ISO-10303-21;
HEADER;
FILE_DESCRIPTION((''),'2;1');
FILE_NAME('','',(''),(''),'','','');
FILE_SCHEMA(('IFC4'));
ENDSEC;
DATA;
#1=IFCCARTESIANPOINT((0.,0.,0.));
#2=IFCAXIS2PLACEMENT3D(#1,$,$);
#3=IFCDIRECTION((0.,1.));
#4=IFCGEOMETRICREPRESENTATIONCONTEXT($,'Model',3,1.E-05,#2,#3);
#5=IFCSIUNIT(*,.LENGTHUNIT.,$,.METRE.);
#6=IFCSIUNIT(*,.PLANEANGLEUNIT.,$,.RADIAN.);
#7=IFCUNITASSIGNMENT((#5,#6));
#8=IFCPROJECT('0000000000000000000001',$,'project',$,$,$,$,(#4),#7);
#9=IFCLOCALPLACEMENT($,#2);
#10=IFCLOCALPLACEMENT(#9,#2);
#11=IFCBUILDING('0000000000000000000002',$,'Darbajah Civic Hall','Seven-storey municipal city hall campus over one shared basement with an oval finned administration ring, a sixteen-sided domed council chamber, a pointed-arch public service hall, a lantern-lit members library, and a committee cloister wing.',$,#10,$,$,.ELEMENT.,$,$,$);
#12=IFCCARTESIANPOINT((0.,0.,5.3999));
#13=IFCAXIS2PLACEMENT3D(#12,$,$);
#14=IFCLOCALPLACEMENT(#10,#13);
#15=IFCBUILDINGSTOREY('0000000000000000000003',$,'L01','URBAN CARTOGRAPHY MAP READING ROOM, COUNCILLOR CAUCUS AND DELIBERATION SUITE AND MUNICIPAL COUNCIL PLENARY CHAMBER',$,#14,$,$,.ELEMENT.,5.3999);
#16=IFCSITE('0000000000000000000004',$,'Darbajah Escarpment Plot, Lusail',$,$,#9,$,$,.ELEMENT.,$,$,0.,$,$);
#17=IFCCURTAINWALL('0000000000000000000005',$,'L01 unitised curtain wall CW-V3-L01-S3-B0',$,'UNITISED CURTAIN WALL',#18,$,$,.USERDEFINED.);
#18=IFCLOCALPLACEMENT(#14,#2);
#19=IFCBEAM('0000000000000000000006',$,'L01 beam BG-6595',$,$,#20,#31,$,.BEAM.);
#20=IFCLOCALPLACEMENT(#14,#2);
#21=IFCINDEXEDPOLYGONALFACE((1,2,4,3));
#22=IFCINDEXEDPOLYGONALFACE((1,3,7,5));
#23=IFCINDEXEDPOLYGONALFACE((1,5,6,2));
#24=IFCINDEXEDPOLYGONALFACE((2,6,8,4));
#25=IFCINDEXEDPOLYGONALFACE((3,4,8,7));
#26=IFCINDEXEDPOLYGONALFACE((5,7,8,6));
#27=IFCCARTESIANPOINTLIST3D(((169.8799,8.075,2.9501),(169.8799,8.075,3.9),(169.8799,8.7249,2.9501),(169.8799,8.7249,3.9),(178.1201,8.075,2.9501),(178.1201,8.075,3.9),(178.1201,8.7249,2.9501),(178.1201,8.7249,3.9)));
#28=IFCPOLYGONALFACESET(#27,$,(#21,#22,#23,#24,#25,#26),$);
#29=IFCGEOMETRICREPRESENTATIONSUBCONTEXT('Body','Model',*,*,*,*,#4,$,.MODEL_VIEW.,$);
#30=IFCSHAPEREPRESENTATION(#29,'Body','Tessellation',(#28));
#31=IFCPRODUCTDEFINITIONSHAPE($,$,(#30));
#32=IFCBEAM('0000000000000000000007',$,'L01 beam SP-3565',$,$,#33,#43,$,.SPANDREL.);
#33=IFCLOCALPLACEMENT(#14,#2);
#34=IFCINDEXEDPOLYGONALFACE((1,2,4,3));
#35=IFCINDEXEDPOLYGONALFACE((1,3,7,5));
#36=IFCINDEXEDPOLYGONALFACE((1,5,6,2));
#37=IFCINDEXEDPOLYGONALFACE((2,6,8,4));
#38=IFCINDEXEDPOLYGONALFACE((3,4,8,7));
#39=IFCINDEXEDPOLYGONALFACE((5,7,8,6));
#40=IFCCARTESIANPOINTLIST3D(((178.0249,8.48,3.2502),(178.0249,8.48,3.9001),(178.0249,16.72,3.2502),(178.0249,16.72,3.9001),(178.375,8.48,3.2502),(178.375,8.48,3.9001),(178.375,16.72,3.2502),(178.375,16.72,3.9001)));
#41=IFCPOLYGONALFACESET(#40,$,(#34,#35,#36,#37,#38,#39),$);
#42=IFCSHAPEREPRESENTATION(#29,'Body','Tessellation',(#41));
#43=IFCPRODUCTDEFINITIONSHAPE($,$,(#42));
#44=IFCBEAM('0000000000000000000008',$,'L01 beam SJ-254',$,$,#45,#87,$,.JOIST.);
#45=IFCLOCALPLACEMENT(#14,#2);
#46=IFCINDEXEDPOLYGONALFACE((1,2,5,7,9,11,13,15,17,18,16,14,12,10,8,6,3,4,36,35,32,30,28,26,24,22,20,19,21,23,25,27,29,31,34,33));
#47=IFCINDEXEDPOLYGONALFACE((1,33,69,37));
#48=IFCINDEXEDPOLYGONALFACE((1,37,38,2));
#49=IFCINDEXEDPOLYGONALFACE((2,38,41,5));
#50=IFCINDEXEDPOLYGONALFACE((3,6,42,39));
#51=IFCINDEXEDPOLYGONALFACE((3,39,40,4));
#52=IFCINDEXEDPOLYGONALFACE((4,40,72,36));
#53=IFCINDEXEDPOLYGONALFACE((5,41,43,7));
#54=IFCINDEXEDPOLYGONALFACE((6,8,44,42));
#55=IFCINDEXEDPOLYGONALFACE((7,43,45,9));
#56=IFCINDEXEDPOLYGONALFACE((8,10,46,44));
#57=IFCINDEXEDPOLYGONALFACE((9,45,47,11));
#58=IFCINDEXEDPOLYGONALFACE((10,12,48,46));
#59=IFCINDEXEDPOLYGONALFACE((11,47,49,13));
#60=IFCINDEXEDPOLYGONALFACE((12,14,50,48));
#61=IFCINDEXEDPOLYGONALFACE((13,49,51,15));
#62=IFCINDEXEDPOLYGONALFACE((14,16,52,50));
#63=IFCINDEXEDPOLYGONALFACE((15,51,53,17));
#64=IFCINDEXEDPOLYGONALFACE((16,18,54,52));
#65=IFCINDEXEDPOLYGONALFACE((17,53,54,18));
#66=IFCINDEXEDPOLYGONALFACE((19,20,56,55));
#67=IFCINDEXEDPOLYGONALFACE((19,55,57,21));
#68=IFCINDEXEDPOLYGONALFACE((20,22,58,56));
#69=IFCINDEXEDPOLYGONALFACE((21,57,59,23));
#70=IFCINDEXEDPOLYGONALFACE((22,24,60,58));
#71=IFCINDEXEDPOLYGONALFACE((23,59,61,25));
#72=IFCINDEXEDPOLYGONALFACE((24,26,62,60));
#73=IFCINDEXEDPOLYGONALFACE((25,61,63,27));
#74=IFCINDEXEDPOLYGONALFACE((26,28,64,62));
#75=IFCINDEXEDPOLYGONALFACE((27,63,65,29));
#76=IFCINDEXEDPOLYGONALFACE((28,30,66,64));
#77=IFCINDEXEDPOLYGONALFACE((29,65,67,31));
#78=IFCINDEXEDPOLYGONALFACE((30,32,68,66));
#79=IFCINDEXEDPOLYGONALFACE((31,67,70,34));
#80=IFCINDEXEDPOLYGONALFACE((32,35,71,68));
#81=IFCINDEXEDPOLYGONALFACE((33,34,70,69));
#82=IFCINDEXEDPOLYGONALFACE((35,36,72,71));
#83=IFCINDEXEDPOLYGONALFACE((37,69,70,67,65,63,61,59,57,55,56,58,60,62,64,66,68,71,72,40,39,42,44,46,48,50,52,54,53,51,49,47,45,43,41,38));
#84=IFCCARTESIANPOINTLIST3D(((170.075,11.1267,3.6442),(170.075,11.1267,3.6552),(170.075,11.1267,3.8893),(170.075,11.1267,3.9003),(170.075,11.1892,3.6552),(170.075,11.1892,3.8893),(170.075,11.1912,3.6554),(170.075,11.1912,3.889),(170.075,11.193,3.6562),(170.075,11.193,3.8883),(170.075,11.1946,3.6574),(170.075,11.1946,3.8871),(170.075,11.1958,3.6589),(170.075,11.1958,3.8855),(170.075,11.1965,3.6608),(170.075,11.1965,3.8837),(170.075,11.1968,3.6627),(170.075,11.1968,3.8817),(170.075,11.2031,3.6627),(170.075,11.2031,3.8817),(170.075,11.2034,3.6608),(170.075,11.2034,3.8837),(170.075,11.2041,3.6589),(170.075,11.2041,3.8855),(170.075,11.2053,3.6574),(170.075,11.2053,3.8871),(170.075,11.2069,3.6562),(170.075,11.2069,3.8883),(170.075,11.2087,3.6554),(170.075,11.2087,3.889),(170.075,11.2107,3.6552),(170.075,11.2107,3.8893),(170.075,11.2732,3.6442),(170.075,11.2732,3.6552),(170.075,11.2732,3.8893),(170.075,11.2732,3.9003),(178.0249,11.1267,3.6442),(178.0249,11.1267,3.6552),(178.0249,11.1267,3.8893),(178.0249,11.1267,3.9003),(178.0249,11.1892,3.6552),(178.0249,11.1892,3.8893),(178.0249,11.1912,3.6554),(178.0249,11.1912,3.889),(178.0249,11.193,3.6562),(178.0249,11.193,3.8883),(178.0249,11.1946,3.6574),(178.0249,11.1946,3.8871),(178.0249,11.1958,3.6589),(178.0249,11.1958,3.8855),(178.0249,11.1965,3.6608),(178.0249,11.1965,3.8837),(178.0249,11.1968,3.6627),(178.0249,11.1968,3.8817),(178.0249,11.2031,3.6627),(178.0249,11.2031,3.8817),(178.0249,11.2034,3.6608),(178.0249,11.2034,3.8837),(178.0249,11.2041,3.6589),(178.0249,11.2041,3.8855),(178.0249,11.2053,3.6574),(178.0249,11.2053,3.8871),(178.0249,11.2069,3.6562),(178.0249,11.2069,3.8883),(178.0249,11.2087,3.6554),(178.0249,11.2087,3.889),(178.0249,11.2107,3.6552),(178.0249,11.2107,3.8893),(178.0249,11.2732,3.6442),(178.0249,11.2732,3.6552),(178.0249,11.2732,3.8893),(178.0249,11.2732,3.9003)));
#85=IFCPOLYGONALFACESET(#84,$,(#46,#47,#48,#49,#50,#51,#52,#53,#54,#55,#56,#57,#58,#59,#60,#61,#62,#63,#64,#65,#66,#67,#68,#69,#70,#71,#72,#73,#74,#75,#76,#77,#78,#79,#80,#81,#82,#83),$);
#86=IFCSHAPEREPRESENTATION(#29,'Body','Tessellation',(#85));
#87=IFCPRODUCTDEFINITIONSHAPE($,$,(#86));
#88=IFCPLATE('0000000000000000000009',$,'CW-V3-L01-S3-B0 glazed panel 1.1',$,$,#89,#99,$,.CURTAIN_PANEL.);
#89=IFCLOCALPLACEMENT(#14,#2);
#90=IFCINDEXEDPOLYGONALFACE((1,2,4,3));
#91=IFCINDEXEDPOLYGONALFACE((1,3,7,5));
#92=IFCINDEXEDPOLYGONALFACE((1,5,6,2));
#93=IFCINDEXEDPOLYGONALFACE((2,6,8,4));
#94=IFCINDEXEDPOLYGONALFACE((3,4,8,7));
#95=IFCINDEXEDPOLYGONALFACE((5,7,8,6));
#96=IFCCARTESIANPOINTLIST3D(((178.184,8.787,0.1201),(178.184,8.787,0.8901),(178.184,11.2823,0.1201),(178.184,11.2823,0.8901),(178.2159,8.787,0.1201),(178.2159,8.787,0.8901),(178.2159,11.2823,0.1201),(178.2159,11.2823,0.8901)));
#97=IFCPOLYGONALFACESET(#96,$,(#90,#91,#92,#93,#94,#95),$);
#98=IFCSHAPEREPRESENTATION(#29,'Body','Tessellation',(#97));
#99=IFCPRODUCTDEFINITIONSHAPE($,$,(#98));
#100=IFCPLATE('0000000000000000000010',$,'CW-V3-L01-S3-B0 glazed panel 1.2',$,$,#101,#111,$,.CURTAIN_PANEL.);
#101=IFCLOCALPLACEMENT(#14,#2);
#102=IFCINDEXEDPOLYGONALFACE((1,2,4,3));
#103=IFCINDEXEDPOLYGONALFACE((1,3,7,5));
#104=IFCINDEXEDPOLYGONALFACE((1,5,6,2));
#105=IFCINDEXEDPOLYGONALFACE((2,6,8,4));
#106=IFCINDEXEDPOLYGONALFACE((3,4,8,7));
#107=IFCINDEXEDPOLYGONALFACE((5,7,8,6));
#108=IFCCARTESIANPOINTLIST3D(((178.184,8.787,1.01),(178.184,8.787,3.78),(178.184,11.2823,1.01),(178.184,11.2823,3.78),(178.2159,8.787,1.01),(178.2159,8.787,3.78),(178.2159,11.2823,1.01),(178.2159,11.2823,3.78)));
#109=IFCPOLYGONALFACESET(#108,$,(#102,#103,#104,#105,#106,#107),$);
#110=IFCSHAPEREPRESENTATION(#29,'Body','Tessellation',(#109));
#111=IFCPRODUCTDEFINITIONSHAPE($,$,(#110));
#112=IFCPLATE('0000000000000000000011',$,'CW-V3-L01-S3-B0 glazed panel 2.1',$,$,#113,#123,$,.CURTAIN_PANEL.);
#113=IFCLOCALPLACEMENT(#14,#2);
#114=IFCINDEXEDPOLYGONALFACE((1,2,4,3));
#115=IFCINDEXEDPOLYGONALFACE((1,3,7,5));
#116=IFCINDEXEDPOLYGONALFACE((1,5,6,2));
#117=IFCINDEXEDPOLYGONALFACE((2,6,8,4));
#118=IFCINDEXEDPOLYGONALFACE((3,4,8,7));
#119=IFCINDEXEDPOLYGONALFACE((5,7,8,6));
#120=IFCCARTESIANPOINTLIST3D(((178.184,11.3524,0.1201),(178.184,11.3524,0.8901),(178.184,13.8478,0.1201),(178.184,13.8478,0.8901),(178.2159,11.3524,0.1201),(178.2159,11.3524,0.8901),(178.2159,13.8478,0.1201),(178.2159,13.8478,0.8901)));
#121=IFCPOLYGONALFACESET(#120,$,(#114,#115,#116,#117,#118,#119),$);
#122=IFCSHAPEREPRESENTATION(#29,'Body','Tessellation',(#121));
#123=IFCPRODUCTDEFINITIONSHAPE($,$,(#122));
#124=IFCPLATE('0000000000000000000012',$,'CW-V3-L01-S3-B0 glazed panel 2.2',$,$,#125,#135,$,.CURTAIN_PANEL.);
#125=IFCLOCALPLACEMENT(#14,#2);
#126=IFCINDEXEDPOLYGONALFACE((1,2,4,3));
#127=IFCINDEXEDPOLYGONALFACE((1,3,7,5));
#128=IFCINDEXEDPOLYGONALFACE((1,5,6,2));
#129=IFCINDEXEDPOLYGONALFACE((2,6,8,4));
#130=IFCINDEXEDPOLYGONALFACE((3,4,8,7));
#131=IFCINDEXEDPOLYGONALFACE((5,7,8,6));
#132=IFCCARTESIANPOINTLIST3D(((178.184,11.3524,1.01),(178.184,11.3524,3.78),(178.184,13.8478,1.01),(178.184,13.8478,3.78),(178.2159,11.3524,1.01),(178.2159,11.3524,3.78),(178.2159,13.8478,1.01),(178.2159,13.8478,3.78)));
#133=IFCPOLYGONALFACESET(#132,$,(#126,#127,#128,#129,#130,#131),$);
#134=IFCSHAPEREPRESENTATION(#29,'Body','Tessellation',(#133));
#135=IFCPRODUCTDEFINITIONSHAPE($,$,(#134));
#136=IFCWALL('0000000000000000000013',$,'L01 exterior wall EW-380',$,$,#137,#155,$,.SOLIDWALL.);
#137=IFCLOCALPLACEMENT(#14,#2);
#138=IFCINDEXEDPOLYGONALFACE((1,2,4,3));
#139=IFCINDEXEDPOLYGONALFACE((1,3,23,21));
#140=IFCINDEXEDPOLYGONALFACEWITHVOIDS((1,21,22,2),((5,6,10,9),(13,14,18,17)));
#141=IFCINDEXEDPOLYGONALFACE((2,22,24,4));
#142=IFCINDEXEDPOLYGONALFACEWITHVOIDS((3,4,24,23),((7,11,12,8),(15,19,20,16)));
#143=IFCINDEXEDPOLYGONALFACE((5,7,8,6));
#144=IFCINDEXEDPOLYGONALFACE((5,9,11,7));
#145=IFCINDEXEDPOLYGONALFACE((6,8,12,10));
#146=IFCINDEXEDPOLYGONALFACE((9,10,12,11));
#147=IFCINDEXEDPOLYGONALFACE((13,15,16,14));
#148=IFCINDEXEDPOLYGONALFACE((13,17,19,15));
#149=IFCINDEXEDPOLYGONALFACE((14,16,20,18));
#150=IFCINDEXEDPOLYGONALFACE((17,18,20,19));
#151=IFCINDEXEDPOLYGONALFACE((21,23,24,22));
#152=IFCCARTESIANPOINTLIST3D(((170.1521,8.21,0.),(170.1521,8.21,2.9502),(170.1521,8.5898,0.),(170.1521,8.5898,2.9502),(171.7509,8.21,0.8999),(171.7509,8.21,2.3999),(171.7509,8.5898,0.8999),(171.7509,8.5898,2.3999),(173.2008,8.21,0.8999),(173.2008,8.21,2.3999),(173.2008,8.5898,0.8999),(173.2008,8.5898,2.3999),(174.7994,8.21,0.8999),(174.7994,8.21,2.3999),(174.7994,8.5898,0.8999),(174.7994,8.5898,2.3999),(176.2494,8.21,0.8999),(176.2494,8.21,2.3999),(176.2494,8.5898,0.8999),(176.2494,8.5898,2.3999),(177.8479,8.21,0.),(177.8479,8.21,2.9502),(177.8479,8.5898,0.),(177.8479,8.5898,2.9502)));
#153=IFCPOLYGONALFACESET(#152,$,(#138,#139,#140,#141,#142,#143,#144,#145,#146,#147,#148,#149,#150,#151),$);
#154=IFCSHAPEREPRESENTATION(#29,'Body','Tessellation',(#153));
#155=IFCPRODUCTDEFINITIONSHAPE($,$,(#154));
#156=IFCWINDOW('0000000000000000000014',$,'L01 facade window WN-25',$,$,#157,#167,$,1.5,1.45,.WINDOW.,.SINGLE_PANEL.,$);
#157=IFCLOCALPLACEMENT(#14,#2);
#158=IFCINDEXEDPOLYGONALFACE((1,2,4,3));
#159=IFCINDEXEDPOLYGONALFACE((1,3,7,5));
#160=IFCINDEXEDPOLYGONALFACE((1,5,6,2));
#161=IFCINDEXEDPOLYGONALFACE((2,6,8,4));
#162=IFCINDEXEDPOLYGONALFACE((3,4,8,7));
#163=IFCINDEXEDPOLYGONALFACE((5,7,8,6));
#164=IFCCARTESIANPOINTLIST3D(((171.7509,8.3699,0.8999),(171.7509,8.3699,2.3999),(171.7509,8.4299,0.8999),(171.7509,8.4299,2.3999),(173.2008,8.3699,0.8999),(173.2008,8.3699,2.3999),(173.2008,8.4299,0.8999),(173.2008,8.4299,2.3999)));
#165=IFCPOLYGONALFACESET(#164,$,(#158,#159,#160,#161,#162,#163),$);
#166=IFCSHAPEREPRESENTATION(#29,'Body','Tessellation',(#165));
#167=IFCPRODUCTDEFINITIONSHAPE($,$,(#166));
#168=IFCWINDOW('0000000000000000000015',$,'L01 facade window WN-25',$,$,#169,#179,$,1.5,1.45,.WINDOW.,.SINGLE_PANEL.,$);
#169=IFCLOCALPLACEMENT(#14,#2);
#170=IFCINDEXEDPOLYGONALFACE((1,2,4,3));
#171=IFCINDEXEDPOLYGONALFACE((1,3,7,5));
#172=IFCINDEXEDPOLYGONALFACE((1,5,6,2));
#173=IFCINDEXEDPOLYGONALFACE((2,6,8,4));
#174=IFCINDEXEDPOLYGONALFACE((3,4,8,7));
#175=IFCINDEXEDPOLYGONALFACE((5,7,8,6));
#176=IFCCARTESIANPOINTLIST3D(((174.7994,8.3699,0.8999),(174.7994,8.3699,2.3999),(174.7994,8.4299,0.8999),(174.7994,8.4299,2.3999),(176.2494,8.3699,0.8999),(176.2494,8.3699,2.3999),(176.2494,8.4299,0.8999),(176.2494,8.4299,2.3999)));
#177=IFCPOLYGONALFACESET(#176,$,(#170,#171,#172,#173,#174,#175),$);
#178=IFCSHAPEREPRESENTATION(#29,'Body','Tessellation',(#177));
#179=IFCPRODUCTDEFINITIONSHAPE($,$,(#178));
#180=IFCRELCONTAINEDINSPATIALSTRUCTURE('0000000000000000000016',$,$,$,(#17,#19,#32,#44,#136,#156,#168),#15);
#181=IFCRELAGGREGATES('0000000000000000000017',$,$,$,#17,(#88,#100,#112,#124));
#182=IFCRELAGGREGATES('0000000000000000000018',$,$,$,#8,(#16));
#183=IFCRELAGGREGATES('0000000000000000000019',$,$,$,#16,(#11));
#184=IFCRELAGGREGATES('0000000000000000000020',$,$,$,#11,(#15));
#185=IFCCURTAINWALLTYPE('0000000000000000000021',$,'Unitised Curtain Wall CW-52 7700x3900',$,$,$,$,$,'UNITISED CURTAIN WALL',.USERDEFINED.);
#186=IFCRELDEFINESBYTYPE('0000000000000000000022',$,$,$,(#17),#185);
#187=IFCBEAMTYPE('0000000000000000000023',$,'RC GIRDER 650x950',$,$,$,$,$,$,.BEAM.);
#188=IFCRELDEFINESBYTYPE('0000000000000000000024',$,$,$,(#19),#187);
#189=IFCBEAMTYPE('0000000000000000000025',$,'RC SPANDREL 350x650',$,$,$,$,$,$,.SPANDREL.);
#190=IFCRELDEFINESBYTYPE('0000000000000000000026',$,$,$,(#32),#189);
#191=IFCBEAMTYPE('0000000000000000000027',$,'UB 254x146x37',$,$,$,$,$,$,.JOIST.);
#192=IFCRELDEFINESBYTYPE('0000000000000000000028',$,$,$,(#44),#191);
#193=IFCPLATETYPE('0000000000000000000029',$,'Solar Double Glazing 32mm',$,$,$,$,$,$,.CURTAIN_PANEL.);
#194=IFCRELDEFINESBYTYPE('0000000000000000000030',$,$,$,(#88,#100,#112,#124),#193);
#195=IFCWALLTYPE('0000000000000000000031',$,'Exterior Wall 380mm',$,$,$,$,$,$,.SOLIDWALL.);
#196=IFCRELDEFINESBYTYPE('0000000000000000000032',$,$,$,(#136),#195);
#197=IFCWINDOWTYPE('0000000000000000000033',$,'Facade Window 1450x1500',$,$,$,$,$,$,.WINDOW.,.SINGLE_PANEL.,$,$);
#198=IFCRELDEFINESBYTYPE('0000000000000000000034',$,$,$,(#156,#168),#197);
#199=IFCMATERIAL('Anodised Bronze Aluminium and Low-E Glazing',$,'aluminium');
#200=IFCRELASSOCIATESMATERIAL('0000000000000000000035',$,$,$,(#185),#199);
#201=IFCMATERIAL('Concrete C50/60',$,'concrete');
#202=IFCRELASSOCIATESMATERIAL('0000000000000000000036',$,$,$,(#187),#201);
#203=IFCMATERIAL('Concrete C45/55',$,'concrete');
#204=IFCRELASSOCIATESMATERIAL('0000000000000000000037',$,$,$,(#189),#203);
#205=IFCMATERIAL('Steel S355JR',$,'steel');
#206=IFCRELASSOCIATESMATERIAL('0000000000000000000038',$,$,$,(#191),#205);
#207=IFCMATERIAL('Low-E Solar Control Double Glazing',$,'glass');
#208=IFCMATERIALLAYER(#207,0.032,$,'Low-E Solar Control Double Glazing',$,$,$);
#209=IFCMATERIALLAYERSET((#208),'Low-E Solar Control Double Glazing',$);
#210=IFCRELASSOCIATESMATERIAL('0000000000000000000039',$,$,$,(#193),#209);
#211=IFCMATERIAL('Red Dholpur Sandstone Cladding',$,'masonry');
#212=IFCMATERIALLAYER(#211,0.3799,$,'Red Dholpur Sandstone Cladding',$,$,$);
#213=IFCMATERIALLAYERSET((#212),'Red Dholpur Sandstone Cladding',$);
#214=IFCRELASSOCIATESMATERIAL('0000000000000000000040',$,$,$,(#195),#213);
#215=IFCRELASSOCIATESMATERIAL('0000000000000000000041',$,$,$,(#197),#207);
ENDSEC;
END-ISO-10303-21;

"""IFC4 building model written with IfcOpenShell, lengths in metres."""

from ifc_helpers import new_model, si_unit, direction, frame, frame_2d, origin, origin_2d, place, context, subcontext, project, spatial, rectangle, i_section, extrude, material, layer, layer_set, material_profile, profile_set, type_object, element, fill, aggregate, save


model = new_model("IFC4")

# Units and contexts
model_context = context("Model", 3, precision=1e-05, world=origin(), true_north=direction((0.0, 1.0)))
body_context = subcontext(model_context, "Body", "Model", "MODEL_VIEW")
ifc_project = project(units=[si_unit("LENGTHUNIT", "METRE"), si_unit("PLANEANGLEUNIT", "RADIAN")], contexts=[model_context])

# Site, building, storey
site_placement = place(None, origin())
site = spatial("IfcSite", under=ifc_project, at=site_placement, Name="Darbajah Escarpment Plot, Lusail", CompositionType="ELEMENT", RefElevation=0.0)
building_placement = place(site_placement, origin())
building = spatial("IfcBuilding", under=site, at=building_placement, Name="Darbajah Civic Hall", Description="Seven-storey municipal city hall campus over one shared basement with an oval finned administration ring, a sixteen-sided domed council chamber, a pointed-arch public service hall, a lantern-lit members library, and a committee cloister wing.", CompositionType="ELEMENT")
storey_placement = place(building_placement, frame((0.0, 0.0, 5.3999)))
storey = spatial("IfcBuildingStorey", under=building, at=storey_placement, Name="L01", Description="URBAN CARTOGRAPHY MAP READING ROOM, COUNCILLOR CAUCUS AND DELIBERATION SUITE AND MUNICIPAL COUNCIL PLENARY CHAMBER", CompositionType="ELEMENT", Elevation=5.3999)

# Shared definitions
ifc_material_1 = material(Name="Concrete C45/55", Category="concrete")

# Curtain wall
ifc_material_2 = material(Name="Anodised Bronze Aluminium and Low-E Glazing", Category="aluminium")
curtain_wall_type = type_object("IfcCurtainWallType", Name="Unitised Curtain Wall CW-52 7700x3900", ElementType="UNITISED CURTAIN WALL", PredefinedType="USERDEFINED", material=ifc_material_2)
curtain_wall_placement = place(storey_placement, origin())
curtain_wall = element("IfcCurtainWall", 1, at=curtain_wall_placement, inside=storey, type_object=curtain_wall_type, Name="L01 unitised curtain wall CW-V3-L01-S3-B0", ObjectType="UNITISED CURTAIN WALL", PredefinedType="USERDEFINED")

# Beams
ifc_material_3 = material(Name="Concrete C50/60", Category="concrete")
ifc_material_profile_1 = material_profile(ifc_material_3, rectangle(XDim=0.6499, YDim=0.95, at=origin_2d()), Name="RC GIRDER 650x950")
ifc_profile_set_1 = profile_set([ifc_material_profile_1], Name="Concrete C50/60")
beam_type_1 = type_object("IfcBeamType", Name="RC GIRDER 650x950", PredefinedType="BEAM", material=ifc_profile_set_1)
beam_1_placement = place(storey_placement, frame((169.8799, 8.3999, 3.425), z_axis=(1.0, 0.0, 0.0), x_axis=(0.0, 1.0, 0.0)))
element("IfcBeam", 2, at=beam_1_placement, inside=storey, type_object=beam_type_1, Name="L01 beam BG-6595", PredefinedType="BEAM", context=body_context, shape_type="SweptSolid", body=[
    extrude(rectangle(XDim=0.6499, YDim=0.95, at=origin_2d()), origin(), (0.0, 0.0, 1.0), 8.2402),
])
ifc_material_profile_2 = material_profile(ifc_material_1, rectangle(XDim=0.3501, YDim=0.6499, at=origin_2d()), Name="RC SPANDREL 350x650")
ifc_profile_set_2 = profile_set([ifc_material_profile_2], Name="Concrete C45/55")
beam_type_2 = type_object("IfcBeamType", Name="RC SPANDREL 350x650", PredefinedType="SPANDREL", material=ifc_profile_set_2)
beam_2_placement = place(storey_placement, frame((178.2, 8.48, 3.5752), z_axis=(0.0, 1.0, 0.0), x_axis=(-1.0, 0.0, 0.0)))
element("IfcBeam", 3, at=beam_2_placement, inside=storey, type_object=beam_type_2, Name="L01 beam SP-3565", PredefinedType="SPANDREL", context=body_context, shape_type="SweptSolid", body=[
    extrude(rectangle(XDim=0.3501, YDim=0.6499, at=origin_2d()), origin(), (0.0, 0.0, 1.0), 8.24),
])
ifc_material_4 = material(Name="Steel S355JR", Category="steel")
ifc_material_profile_3 = material_profile(ifc_material_4, i_section(OverallWidth=0.1465, OverallDepth=0.2561, WebThickness=0.0063, FlangeThickness=0.011, FilletRadius=0.0076, at=origin_2d()), Name="UB 254x146x37")
ifc_profile_set_3 = profile_set([ifc_material_profile_3], Name="Steel S355JR")
beam_type_3 = type_object("IfcBeamType", Name="UB 254x146x37", PredefinedType="JOIST", material=ifc_profile_set_3)
beam_3_placement = place(storey_placement, frame((170.075, 11.2, 3.7722), z_axis=(1.0, 0.0, 0.0), x_axis=(0.0, 1.0, 0.0)))
element("IfcBeam", 4, at=beam_3_placement, inside=storey, type_object=beam_type_3, Name="L01 beam SJ-254", PredefinedType="JOIST", context=body_context, shape_type="SweptSolid", body=[
    extrude(i_section(OverallWidth=0.1465, OverallDepth=0.2561, WebThickness=0.0063, FlangeThickness=0.011, FilletRadius=0.0076, at=origin_2d()), origin(), (0.0, 0.0, 1.0), 7.95),
])

# Plates
ifc_material_5 = material(Name="Low-E Solar Control Double Glazing", Category="glass")
ifc_layer_1 = layer(ifc_material_5, 0.032, Name="Low-E Solar Control Double Glazing")
ifc_layer_set_1 = layer_set([ifc_layer_1], Name="Low-E Solar Control Double Glazing")
plate_type = type_object("IfcPlateType", Name="Solar Double Glazing 32mm", PredefinedType="CURTAIN_PANEL", material=ifc_layer_set_1)
plate_1_placement = place(storey_placement, frame((178.2, 10.0347, 0.1201), z_axis=(0.0, 0.0, 1.0), x_axis=(0.0, 1.0, 0.0)))
plate_1 = element("IfcPlate", 5, at=plate_1_placement, type_object=plate_type, Name="CW-V3-L01-S3-B0 glazed panel 1.1", PredefinedType="CURTAIN_PANEL", context=body_context, shape_type="SweptSolid", body=[
    extrude(rectangle(XDim=2.4954, YDim=0.032, at=origin_2d()), origin(), (0.0, 0.0, 1.0), 0.77),
])
plate_2_placement = place(storey_placement, frame((178.2, 10.0347, 1.01), z_axis=(0.0, 0.0, 1.0), x_axis=(0.0, 1.0, 0.0)))
plate_2 = element("IfcPlate", 6, at=plate_2_placement, type_object=plate_type, Name="CW-V3-L01-S3-B0 glazed panel 1.2", PredefinedType="CURTAIN_PANEL", context=body_context, shape_type="SweptSolid", body=[
    extrude(rectangle(XDim=2.4954, YDim=0.032, at=origin_2d()), origin(), (0.0, 0.0, 1.0), 2.77),
])
plate_3_placement = place(storey_placement, frame((178.2, 12.6001, 0.1201), z_axis=(0.0, 0.0, 1.0), x_axis=(0.0, 1.0, 0.0)))
plate_3 = element("IfcPlate", 7, at=plate_3_placement, type_object=plate_type, Name="CW-V3-L01-S3-B0 glazed panel 2.1", PredefinedType="CURTAIN_PANEL", context=body_context, shape_type="SweptSolid", body=[
    extrude(rectangle(XDim=2.4954, YDim=0.032, at=origin_2d()), origin(), (0.0, 0.0, 1.0), 0.77),
])
plate_4_placement = place(storey_placement, frame((178.2, 12.6001, 1.01), z_axis=(0.0, 0.0, 1.0), x_axis=(0.0, 1.0, 0.0)))
plate_4 = element("IfcPlate", 8, at=plate_4_placement, type_object=plate_type, Name="CW-V3-L01-S3-B0 glazed panel 2.2", PredefinedType="CURTAIN_PANEL", context=body_context, shape_type="SweptSolid", body=[
    extrude(rectangle(XDim=2.4954, YDim=0.032, at=origin_2d()), origin(), (0.0, 0.0, 1.0), 2.77),
])
aggregate(curtain_wall, [plate_1, plate_2, plate_3, plate_4])

# Wall, openings, windows
ifc_material_6 = material(Name="Red Dholpur Sandstone Cladding", Category="masonry")
ifc_layer_2 = layer(ifc_material_6, 0.3799, Name="Red Dholpur Sandstone Cladding")
ifc_layer_set_2 = layer_set([ifc_layer_2], Name="Red Dholpur Sandstone Cladding")
wall_type = type_object("IfcWallType", Name="Exterior Wall 380mm", PredefinedType="SOLIDWALL", material=ifc_layer_set_2)
wall_placement = place(storey_placement, frame((170.1521, 8.3999, 0.0), z_axis=(0.0, 0.0, 1.0), x_axis=(1.0, 0.0, 0.0)))
wall = element("IfcWall", 9, at=wall_placement, inside=storey, type_object=wall_type, Name="L01 exterior wall EW-380", PredefinedType="SOLIDWALL", context=body_context, shape_type="SweptSolid", body=[
    extrude(rectangle(XDim=7.6958, YDim=0.3799, at=frame_2d((3.8479, 0.0))), origin(), (0.0, 0.0, 1.0), 2.9502),
])
opening_1_placement = place(wall_placement, frame((1.5986, 0.0, 0.8999)))
opening_1 = element("IfcOpeningElement", 10, at=opening_1_placement, cuts=wall, PredefinedType="OPENING", context=body_context, shape_type="SweptSolid", body=[
    extrude(rectangle(XDim=1.45, YDim=1.5, at=frame_2d((0.7251, 0.75))), frame((0.0, 0.2, 0.0), z_axis=(0.0, -1.0, 0.0), x_axis=(1.0, 0.0, 0.0)), (0.0, 0.0, 1.0), 0.3999),
])
opening_2_placement = place(wall_placement, frame((4.6472, 0.0, 0.8999)))
opening_2 = element("IfcOpeningElement", 11, at=opening_2_placement, cuts=wall, PredefinedType="OPENING", context=body_context, shape_type="SweptSolid", body=[
    extrude(rectangle(XDim=1.45, YDim=1.5, at=frame_2d((0.7251, 0.75))), frame((0.0, 0.2, 0.0), z_axis=(0.0, -1.0, 0.0), x_axis=(1.0, 0.0, 0.0)), (0.0, 0.0, 1.0), 0.3999),
])
window_type = type_object("IfcWindowType", Name="Facade Window 1450x1500", PartitioningType="SINGLE_PANEL", PredefinedType="WINDOW", material=ifc_material_5)
window_1_placement = place(opening_1_placement, origin())
window_1 = element("IfcWindow", 12, at=window_1_placement, inside=storey, type_object=window_type, Name="L01 facade window WN-25", OverallHeight=1.5, OverallWidth=1.45, PartitioningType="SINGLE_PANEL", PredefinedType="WINDOW", context=body_context, shape_type="SweptSolid", body=[
    extrude(rectangle(XDim=1.45, YDim=1.5, at=frame_2d((0.7251, 0.75))), frame((0.0, 0.03, 0.0), z_axis=(0.0, -1.0, 0.0), x_axis=(1.0, 0.0, 0.0)), (0.0, 0.0, 1.0), 0.0601),
])
fill(opening_1, window_1)
window_2_placement = place(opening_2_placement, origin())
window_2 = element("IfcWindow", 13, at=window_2_placement, inside=storey, type_object=window_type, Name="L01 facade window WN-25", OverallHeight=1.5, OverallWidth=1.45, PartitioningType="SINGLE_PANEL", PredefinedType="WINDOW", context=body_context, shape_type="SweptSolid", body=[
    extrude(rectangle(XDim=1.45, YDim=1.5, at=frame_2d((0.7251, 0.75))), frame((0.0, 0.03, 0.0), z_axis=(0.0, -1.0, 0.0), x_axis=(1.0, 0.0, 0.0)), (0.0, 0.0, 1.0), 0.0601),
])
fill(opening_2, window_2)

save(model, "model.ifc")
